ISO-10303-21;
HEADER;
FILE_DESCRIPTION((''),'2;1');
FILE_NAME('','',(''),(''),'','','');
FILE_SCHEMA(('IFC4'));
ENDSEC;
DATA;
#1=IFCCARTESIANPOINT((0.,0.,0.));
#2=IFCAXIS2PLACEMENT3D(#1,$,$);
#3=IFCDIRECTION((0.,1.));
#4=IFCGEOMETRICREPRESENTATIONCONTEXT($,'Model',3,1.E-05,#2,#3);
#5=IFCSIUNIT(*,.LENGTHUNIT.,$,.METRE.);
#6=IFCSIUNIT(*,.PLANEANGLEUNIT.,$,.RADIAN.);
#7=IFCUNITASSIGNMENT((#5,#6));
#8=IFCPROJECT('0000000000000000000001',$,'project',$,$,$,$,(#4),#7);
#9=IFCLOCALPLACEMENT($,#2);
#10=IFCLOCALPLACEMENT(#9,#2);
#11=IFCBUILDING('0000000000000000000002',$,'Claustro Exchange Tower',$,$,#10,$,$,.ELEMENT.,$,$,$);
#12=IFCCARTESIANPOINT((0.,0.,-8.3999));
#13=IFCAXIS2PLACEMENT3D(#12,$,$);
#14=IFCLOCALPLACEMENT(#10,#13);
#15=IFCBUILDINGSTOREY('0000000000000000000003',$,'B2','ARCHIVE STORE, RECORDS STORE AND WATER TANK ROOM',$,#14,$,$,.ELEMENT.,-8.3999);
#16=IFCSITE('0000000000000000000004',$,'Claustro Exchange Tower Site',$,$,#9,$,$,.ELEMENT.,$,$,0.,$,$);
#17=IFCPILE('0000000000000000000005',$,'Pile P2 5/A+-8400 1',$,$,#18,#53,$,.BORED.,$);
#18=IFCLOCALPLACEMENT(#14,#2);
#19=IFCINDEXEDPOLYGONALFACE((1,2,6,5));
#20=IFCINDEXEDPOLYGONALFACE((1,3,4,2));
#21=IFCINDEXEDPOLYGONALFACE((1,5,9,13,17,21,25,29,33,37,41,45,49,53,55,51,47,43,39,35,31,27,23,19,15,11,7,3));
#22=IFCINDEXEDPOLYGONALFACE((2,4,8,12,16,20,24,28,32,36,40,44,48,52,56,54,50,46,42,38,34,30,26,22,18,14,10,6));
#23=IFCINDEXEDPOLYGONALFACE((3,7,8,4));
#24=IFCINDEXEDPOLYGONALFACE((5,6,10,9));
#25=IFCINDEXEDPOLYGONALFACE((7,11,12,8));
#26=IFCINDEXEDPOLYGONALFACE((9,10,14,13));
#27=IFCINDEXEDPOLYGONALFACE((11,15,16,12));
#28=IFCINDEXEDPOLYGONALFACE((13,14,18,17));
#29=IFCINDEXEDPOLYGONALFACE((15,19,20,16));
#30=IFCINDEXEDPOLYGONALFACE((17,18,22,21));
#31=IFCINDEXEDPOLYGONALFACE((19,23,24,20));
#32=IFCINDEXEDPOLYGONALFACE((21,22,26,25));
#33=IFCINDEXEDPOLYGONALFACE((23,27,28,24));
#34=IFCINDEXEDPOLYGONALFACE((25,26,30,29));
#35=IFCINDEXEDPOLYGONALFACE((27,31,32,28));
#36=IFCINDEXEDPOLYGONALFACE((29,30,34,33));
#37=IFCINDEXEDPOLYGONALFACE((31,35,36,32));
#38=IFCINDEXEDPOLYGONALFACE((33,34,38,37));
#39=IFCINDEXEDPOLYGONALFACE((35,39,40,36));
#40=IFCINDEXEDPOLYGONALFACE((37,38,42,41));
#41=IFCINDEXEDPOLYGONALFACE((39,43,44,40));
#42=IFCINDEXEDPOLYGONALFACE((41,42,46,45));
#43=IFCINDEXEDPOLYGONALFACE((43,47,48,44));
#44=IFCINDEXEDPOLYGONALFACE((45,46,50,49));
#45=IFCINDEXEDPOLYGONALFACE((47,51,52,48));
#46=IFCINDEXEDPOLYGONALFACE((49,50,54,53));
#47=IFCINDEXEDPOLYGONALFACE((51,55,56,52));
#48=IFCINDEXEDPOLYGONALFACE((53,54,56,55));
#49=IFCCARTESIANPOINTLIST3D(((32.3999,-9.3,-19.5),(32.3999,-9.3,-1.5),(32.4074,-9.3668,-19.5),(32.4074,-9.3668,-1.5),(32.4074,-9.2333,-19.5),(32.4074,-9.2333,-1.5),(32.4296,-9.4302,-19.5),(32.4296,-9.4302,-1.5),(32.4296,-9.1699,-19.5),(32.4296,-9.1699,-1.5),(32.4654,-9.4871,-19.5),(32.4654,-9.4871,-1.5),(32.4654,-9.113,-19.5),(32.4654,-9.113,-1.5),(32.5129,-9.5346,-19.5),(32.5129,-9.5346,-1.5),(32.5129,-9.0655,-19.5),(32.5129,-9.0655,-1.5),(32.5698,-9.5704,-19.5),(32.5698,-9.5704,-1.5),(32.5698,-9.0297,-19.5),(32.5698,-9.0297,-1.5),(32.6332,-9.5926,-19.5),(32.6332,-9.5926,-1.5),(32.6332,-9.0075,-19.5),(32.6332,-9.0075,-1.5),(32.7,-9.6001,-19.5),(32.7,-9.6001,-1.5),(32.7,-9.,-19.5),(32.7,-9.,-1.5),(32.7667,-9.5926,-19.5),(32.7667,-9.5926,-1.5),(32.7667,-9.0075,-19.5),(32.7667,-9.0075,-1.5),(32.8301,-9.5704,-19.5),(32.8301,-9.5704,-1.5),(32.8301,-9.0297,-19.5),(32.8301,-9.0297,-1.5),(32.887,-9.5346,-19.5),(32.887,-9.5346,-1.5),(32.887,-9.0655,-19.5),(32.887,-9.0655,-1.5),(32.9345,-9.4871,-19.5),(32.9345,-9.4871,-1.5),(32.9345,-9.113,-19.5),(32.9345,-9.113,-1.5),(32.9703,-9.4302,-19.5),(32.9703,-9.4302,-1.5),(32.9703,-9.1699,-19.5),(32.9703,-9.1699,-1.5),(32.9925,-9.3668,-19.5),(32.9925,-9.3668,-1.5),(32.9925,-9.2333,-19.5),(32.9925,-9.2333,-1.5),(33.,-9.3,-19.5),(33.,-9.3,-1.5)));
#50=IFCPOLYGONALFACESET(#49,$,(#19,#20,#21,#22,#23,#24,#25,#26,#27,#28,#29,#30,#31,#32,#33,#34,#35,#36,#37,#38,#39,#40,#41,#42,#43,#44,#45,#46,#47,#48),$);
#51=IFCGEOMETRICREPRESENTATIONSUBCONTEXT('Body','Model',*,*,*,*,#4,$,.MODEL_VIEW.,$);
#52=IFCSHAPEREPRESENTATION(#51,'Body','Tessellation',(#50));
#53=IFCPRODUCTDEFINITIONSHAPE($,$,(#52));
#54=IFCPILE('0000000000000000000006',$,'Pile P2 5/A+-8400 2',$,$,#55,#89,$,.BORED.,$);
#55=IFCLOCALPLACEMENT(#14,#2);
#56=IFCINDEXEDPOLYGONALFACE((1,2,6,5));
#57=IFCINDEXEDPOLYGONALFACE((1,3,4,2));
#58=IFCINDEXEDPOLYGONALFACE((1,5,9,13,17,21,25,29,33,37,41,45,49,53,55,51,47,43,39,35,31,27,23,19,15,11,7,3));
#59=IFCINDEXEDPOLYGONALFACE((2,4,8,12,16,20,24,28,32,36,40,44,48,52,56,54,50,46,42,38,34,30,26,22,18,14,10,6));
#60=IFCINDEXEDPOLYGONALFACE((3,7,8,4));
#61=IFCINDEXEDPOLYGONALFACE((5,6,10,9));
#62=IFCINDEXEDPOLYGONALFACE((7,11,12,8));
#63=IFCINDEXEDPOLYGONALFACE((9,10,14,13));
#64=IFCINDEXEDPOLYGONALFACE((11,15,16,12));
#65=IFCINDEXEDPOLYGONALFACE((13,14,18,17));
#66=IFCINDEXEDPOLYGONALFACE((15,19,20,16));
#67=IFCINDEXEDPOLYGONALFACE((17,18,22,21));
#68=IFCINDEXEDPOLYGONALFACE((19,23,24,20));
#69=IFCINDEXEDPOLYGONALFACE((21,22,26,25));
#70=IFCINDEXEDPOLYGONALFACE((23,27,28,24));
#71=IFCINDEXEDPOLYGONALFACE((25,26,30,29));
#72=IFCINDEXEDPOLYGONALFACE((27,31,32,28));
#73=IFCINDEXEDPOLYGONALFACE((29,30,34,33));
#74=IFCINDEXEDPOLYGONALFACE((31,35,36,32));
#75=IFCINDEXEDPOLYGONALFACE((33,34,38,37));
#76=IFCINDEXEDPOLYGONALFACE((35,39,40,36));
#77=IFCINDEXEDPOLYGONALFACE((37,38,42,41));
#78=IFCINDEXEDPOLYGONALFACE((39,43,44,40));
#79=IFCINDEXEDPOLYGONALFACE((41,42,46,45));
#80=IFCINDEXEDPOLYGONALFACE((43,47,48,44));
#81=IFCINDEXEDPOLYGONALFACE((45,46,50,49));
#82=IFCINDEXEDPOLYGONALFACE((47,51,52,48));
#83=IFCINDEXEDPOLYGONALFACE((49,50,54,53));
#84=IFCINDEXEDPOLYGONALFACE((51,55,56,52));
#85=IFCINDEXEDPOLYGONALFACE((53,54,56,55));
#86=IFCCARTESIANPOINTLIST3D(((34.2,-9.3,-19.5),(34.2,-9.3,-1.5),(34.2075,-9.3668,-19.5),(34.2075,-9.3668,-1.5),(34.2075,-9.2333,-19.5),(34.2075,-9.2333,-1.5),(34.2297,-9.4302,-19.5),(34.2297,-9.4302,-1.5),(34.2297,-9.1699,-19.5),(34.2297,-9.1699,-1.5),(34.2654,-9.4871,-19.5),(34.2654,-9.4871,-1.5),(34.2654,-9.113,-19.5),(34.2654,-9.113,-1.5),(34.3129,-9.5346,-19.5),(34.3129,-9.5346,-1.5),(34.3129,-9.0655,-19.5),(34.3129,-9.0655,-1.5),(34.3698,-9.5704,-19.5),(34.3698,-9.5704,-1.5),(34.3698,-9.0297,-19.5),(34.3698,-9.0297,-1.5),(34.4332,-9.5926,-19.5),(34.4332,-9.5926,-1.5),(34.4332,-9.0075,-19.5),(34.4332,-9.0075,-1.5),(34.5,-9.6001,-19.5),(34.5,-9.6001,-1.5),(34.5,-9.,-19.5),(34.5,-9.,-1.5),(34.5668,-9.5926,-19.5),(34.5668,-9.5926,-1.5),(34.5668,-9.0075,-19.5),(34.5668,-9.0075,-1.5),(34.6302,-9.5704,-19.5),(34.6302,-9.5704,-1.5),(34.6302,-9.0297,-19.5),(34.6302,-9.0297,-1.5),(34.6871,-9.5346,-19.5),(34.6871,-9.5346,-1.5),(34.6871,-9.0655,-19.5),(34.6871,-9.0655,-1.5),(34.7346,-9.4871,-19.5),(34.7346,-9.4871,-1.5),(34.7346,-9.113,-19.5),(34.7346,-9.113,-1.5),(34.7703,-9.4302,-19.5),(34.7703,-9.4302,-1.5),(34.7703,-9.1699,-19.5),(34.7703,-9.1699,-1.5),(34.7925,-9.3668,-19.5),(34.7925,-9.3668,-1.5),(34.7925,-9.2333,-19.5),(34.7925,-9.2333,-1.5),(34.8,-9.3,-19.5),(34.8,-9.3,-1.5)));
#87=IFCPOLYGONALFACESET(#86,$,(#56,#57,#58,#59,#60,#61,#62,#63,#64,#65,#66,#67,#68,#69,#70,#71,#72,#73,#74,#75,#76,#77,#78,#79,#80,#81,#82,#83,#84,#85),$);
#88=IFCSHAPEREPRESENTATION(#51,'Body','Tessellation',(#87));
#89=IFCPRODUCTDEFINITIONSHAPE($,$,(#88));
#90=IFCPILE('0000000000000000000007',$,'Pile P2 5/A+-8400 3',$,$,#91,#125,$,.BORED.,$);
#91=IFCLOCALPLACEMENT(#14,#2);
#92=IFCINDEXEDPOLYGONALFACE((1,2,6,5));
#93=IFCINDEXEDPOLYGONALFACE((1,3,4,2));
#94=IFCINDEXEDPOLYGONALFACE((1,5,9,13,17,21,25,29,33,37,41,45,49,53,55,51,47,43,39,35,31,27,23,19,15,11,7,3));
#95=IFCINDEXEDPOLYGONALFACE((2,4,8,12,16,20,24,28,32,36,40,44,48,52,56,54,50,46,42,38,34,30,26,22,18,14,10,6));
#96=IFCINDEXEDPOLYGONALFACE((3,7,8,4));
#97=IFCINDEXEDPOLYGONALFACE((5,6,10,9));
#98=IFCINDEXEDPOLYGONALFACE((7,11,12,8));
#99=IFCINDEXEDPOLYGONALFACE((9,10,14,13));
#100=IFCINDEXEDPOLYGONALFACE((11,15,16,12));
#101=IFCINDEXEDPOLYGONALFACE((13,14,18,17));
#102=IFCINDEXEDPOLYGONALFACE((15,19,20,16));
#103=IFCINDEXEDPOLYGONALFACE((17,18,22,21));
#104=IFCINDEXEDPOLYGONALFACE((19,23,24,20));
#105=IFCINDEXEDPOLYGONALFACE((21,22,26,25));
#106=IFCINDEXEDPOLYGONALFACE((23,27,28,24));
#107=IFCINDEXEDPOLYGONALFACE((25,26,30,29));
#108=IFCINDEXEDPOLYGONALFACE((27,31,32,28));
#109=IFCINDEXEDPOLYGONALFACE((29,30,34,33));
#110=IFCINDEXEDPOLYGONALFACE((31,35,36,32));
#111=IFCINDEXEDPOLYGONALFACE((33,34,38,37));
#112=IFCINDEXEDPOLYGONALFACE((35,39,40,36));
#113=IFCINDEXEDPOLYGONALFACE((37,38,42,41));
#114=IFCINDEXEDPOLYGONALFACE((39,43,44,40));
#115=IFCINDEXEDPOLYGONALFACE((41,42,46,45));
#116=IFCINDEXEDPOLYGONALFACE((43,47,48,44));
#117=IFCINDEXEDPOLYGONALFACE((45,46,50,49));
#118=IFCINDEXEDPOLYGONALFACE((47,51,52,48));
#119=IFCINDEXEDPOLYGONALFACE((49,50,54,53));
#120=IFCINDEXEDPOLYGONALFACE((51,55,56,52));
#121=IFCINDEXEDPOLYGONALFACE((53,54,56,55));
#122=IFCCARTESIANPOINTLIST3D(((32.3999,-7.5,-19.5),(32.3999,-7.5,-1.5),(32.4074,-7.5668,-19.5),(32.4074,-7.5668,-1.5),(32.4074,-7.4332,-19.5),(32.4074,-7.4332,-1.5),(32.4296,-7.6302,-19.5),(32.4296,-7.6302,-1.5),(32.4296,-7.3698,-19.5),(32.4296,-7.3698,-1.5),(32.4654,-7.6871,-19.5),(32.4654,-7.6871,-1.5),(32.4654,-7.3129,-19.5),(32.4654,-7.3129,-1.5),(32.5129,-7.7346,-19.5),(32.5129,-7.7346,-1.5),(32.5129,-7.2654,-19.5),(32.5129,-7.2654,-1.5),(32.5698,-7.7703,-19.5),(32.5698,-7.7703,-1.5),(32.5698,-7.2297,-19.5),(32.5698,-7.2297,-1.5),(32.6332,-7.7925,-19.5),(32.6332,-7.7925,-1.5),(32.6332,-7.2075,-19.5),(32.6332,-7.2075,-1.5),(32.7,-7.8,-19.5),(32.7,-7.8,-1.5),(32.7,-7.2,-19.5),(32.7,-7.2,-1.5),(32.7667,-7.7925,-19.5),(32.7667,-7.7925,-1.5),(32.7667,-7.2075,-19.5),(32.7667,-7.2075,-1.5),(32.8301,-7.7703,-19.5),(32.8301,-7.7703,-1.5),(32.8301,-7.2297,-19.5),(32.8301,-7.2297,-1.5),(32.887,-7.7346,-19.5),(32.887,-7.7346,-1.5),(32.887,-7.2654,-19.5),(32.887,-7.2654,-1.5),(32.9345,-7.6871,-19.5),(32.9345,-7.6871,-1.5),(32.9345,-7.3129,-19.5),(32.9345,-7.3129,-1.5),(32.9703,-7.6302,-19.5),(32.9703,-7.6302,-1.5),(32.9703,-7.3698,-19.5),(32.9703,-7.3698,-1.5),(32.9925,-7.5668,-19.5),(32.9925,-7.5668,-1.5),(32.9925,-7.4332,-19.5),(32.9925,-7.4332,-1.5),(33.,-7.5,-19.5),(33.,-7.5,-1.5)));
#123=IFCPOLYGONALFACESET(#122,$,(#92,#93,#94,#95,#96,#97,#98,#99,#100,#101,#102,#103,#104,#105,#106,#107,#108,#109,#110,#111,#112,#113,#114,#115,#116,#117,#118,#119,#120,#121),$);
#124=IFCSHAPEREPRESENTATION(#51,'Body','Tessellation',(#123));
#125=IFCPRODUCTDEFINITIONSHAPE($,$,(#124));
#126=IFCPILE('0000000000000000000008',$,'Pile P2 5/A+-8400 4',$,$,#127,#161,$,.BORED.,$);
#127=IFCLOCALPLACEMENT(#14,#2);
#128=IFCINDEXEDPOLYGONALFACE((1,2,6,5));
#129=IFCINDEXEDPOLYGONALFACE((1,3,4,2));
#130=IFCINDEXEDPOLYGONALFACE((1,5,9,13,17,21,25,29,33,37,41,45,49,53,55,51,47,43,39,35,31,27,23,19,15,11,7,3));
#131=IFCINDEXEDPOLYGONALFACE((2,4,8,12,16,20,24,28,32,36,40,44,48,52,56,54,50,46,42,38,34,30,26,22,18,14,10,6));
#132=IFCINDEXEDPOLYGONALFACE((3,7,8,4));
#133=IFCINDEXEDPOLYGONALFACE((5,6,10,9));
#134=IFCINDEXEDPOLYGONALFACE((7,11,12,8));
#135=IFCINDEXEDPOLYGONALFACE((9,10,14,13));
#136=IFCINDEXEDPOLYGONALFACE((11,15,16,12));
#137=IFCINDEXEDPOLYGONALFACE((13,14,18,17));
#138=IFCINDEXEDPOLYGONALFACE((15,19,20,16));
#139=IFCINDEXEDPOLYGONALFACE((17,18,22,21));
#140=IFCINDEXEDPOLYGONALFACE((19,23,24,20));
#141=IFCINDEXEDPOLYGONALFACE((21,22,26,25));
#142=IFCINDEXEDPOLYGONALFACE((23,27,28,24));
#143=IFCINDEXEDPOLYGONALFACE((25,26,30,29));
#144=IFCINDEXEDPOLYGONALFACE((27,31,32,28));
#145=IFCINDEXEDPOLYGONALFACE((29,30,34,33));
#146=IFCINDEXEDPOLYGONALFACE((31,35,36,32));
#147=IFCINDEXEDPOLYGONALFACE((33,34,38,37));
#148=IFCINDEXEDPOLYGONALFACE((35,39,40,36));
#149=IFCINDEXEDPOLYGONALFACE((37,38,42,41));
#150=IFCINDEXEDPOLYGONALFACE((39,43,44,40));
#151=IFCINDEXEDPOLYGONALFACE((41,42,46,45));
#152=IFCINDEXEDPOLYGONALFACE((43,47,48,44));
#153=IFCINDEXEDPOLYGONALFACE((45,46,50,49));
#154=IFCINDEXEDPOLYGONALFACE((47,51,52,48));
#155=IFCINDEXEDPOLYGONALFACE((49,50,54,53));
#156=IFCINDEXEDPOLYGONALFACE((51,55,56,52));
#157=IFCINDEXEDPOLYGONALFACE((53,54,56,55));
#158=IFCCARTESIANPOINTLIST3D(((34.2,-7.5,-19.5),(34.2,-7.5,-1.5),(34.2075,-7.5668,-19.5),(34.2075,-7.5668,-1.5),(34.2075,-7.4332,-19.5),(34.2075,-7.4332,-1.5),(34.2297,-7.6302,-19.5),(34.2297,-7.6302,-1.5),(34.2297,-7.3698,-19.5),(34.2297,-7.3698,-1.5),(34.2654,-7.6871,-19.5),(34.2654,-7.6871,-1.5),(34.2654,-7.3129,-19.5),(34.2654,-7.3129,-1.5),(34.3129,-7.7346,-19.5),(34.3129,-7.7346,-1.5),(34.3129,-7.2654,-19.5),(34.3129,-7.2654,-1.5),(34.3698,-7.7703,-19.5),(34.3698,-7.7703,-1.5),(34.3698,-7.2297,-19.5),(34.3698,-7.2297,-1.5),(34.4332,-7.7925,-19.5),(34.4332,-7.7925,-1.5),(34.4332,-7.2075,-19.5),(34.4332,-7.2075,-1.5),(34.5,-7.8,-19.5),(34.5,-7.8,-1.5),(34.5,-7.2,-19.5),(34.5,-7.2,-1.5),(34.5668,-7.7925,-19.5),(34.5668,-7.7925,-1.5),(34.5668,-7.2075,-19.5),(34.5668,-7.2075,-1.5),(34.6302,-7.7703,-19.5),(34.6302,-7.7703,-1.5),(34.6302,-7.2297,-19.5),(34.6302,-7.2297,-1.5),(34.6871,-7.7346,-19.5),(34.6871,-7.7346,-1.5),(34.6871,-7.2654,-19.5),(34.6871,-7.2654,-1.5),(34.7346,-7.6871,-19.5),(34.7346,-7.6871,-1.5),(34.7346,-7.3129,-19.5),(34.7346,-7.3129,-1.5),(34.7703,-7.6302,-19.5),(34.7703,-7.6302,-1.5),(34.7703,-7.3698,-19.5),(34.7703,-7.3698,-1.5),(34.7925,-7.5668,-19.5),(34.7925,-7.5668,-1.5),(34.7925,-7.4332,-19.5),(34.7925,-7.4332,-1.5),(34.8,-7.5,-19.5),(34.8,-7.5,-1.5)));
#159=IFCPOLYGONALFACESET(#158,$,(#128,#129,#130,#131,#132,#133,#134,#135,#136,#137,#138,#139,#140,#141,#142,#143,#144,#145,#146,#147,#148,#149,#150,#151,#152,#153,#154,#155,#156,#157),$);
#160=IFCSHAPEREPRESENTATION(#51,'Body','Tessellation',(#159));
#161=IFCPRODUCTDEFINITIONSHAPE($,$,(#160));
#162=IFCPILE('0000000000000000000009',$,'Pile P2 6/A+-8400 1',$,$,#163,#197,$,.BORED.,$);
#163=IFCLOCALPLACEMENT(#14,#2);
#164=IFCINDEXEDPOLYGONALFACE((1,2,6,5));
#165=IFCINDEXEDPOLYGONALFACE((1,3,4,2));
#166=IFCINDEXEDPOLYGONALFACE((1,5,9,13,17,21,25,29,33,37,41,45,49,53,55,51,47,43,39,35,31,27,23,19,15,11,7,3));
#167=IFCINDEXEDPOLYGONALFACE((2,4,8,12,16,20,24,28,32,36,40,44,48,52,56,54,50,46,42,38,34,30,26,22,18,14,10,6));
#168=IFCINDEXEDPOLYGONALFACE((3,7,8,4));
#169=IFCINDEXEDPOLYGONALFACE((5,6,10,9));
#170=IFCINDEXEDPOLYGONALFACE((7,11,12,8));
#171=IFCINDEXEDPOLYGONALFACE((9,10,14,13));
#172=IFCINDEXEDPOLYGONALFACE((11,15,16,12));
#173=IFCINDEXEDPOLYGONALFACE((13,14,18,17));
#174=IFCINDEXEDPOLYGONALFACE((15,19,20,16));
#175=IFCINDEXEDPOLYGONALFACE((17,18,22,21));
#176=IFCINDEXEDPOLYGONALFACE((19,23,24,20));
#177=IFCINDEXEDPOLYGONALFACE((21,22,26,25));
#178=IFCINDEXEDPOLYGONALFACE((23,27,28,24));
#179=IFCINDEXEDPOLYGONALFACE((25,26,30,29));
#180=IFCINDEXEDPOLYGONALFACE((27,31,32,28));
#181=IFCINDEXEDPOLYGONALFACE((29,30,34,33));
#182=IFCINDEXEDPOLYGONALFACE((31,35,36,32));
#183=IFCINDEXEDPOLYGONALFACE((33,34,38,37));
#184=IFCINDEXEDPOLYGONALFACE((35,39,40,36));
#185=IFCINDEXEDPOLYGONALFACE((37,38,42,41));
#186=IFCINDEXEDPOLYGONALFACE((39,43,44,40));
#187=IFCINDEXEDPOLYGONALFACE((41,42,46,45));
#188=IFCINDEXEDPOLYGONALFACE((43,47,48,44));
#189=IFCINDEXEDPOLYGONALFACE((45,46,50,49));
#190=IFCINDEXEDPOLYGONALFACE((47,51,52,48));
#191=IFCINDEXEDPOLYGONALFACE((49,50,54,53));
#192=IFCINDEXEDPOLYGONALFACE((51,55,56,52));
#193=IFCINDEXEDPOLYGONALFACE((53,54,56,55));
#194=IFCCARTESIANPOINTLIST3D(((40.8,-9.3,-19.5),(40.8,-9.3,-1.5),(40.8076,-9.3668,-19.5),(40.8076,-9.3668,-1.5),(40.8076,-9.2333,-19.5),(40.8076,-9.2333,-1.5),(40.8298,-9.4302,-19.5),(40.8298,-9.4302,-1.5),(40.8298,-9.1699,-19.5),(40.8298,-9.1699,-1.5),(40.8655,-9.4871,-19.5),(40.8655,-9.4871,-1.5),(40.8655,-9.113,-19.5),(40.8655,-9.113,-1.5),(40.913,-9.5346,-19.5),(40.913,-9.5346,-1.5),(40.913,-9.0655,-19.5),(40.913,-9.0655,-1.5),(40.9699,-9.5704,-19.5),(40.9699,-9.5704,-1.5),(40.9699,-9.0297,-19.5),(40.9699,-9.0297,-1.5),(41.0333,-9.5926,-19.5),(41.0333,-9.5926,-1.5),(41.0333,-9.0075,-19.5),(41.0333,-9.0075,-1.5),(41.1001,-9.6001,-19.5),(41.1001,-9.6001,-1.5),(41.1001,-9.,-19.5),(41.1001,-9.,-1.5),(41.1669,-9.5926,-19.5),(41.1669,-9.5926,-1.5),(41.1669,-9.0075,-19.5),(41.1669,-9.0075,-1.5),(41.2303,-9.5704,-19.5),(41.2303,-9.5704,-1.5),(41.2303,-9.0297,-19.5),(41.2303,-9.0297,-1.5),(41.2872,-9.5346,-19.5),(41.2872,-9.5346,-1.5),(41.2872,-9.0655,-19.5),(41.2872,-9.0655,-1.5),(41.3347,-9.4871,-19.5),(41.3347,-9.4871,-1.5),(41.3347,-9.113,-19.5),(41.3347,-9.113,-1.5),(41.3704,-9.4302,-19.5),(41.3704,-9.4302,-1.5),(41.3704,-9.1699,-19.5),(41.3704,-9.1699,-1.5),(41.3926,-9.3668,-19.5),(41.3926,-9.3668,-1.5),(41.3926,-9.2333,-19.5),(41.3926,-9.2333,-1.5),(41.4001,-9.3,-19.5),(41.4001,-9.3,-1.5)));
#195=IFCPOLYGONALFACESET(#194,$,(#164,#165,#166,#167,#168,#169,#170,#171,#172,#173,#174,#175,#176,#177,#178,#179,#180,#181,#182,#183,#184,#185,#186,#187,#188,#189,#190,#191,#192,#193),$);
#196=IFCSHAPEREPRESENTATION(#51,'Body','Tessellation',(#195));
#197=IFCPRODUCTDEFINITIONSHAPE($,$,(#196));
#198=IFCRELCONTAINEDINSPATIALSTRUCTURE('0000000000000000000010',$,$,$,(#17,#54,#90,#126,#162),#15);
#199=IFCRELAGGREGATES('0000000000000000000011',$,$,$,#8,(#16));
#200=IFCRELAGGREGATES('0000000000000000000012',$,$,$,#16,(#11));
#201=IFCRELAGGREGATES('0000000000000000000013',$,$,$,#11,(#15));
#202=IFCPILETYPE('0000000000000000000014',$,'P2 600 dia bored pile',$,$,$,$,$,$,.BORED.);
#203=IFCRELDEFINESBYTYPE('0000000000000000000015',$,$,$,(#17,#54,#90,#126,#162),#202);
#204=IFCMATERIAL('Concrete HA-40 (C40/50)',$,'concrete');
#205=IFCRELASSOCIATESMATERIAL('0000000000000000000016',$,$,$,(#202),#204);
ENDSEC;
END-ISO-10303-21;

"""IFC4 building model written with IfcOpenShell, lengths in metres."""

from ifc_helpers import new_model, si_unit, direction, frame, origin, origin_2d, place, context, subcontext, project, spatial, circle, extrude, material, type_object, element, save


model = new_model("IFC4")

# Units and contexts
model_context = context("Model", 3, precision=1e-05, world=origin(), true_north=direction((0.0, 1.0)))
body_context = subcontext(model_context, "Body", "Model", "MODEL_VIEW")
ifc_project = project(units=[si_unit("LENGTHUNIT", "METRE"), si_unit("PLANEANGLEUNIT", "RADIAN")], contexts=[model_context])

# Site, building, storey
site_placement = place(None, origin())
site = spatial("IfcSite", under=ifc_project, at=site_placement, Name="Claustro Exchange Tower Site", CompositionType="ELEMENT", RefElevation=0.0)
building_placement = place(site_placement, origin())
building = spatial("IfcBuilding", under=site, at=building_placement, Name="Claustro Exchange Tower", CompositionType="ELEMENT")
storey_placement = place(building_placement, frame((0.0, 0.0, -8.3999)))
storey = spatial("IfcBuildingStorey", under=building, at=storey_placement, Name="B2", Description="ARCHIVE STORE, RECORDS STORE AND WATER TANK ROOM", CompositionType="ELEMENT", Elevation=-8.3999)

# Piles
ifc_material_1 = material(Name="Concrete HA-40 (C40/50)", Category="concrete")
pile_type_1 = type_object("IfcPileType", Name="P2 600 dia bored pile", PredefinedType="BORED", material=ifc_material_1)
for number, where, z_axis, x_axis, name in (
    (1, (32.7, -9.3, -1.5), (0.0, 0.0, -1.0), (1.0, 0.0, 0.0), "Pile P2 5/A+-8400 1"),
    (2, (34.5, -9.3, -1.5), (0.0, 0.0, -1.0), (1.0, 0.0, 0.0), "Pile P2 5/A+-8400 2"),
    (3, (32.7, -7.5, -1.5), (0.0, 0.0, -1.0), (1.0, 0.0, 0.0), "Pile P2 5/A+-8400 3"),
    (4, (34.5, -7.5, -1.5), (0.0, 0.0, -1.0), (1.0, 0.0, 0.0), "Pile P2 5/A+-8400 4"),
    (5, (41.1001, -9.3, -1.5), (0.0, 0.0, -1.0), (1.0, 0.0, 0.0), "Pile P2 6/A+-8400 1"),
):
    element("IfcPile", number, at=place(storey_placement, frame(where, z_axis=z_axis, x_axis=x_axis)), inside=storey, type_object=pile_type_1, Name=name, PredefinedType="BORED", context=body_context, shape_type="SweptSolid", body=[
        extrude(circle(Radius=0.3, at=origin_2d()), origin(), (0.0, 0.0, 1.0), 18.0),
    ])

save(model, "model.ifc")
